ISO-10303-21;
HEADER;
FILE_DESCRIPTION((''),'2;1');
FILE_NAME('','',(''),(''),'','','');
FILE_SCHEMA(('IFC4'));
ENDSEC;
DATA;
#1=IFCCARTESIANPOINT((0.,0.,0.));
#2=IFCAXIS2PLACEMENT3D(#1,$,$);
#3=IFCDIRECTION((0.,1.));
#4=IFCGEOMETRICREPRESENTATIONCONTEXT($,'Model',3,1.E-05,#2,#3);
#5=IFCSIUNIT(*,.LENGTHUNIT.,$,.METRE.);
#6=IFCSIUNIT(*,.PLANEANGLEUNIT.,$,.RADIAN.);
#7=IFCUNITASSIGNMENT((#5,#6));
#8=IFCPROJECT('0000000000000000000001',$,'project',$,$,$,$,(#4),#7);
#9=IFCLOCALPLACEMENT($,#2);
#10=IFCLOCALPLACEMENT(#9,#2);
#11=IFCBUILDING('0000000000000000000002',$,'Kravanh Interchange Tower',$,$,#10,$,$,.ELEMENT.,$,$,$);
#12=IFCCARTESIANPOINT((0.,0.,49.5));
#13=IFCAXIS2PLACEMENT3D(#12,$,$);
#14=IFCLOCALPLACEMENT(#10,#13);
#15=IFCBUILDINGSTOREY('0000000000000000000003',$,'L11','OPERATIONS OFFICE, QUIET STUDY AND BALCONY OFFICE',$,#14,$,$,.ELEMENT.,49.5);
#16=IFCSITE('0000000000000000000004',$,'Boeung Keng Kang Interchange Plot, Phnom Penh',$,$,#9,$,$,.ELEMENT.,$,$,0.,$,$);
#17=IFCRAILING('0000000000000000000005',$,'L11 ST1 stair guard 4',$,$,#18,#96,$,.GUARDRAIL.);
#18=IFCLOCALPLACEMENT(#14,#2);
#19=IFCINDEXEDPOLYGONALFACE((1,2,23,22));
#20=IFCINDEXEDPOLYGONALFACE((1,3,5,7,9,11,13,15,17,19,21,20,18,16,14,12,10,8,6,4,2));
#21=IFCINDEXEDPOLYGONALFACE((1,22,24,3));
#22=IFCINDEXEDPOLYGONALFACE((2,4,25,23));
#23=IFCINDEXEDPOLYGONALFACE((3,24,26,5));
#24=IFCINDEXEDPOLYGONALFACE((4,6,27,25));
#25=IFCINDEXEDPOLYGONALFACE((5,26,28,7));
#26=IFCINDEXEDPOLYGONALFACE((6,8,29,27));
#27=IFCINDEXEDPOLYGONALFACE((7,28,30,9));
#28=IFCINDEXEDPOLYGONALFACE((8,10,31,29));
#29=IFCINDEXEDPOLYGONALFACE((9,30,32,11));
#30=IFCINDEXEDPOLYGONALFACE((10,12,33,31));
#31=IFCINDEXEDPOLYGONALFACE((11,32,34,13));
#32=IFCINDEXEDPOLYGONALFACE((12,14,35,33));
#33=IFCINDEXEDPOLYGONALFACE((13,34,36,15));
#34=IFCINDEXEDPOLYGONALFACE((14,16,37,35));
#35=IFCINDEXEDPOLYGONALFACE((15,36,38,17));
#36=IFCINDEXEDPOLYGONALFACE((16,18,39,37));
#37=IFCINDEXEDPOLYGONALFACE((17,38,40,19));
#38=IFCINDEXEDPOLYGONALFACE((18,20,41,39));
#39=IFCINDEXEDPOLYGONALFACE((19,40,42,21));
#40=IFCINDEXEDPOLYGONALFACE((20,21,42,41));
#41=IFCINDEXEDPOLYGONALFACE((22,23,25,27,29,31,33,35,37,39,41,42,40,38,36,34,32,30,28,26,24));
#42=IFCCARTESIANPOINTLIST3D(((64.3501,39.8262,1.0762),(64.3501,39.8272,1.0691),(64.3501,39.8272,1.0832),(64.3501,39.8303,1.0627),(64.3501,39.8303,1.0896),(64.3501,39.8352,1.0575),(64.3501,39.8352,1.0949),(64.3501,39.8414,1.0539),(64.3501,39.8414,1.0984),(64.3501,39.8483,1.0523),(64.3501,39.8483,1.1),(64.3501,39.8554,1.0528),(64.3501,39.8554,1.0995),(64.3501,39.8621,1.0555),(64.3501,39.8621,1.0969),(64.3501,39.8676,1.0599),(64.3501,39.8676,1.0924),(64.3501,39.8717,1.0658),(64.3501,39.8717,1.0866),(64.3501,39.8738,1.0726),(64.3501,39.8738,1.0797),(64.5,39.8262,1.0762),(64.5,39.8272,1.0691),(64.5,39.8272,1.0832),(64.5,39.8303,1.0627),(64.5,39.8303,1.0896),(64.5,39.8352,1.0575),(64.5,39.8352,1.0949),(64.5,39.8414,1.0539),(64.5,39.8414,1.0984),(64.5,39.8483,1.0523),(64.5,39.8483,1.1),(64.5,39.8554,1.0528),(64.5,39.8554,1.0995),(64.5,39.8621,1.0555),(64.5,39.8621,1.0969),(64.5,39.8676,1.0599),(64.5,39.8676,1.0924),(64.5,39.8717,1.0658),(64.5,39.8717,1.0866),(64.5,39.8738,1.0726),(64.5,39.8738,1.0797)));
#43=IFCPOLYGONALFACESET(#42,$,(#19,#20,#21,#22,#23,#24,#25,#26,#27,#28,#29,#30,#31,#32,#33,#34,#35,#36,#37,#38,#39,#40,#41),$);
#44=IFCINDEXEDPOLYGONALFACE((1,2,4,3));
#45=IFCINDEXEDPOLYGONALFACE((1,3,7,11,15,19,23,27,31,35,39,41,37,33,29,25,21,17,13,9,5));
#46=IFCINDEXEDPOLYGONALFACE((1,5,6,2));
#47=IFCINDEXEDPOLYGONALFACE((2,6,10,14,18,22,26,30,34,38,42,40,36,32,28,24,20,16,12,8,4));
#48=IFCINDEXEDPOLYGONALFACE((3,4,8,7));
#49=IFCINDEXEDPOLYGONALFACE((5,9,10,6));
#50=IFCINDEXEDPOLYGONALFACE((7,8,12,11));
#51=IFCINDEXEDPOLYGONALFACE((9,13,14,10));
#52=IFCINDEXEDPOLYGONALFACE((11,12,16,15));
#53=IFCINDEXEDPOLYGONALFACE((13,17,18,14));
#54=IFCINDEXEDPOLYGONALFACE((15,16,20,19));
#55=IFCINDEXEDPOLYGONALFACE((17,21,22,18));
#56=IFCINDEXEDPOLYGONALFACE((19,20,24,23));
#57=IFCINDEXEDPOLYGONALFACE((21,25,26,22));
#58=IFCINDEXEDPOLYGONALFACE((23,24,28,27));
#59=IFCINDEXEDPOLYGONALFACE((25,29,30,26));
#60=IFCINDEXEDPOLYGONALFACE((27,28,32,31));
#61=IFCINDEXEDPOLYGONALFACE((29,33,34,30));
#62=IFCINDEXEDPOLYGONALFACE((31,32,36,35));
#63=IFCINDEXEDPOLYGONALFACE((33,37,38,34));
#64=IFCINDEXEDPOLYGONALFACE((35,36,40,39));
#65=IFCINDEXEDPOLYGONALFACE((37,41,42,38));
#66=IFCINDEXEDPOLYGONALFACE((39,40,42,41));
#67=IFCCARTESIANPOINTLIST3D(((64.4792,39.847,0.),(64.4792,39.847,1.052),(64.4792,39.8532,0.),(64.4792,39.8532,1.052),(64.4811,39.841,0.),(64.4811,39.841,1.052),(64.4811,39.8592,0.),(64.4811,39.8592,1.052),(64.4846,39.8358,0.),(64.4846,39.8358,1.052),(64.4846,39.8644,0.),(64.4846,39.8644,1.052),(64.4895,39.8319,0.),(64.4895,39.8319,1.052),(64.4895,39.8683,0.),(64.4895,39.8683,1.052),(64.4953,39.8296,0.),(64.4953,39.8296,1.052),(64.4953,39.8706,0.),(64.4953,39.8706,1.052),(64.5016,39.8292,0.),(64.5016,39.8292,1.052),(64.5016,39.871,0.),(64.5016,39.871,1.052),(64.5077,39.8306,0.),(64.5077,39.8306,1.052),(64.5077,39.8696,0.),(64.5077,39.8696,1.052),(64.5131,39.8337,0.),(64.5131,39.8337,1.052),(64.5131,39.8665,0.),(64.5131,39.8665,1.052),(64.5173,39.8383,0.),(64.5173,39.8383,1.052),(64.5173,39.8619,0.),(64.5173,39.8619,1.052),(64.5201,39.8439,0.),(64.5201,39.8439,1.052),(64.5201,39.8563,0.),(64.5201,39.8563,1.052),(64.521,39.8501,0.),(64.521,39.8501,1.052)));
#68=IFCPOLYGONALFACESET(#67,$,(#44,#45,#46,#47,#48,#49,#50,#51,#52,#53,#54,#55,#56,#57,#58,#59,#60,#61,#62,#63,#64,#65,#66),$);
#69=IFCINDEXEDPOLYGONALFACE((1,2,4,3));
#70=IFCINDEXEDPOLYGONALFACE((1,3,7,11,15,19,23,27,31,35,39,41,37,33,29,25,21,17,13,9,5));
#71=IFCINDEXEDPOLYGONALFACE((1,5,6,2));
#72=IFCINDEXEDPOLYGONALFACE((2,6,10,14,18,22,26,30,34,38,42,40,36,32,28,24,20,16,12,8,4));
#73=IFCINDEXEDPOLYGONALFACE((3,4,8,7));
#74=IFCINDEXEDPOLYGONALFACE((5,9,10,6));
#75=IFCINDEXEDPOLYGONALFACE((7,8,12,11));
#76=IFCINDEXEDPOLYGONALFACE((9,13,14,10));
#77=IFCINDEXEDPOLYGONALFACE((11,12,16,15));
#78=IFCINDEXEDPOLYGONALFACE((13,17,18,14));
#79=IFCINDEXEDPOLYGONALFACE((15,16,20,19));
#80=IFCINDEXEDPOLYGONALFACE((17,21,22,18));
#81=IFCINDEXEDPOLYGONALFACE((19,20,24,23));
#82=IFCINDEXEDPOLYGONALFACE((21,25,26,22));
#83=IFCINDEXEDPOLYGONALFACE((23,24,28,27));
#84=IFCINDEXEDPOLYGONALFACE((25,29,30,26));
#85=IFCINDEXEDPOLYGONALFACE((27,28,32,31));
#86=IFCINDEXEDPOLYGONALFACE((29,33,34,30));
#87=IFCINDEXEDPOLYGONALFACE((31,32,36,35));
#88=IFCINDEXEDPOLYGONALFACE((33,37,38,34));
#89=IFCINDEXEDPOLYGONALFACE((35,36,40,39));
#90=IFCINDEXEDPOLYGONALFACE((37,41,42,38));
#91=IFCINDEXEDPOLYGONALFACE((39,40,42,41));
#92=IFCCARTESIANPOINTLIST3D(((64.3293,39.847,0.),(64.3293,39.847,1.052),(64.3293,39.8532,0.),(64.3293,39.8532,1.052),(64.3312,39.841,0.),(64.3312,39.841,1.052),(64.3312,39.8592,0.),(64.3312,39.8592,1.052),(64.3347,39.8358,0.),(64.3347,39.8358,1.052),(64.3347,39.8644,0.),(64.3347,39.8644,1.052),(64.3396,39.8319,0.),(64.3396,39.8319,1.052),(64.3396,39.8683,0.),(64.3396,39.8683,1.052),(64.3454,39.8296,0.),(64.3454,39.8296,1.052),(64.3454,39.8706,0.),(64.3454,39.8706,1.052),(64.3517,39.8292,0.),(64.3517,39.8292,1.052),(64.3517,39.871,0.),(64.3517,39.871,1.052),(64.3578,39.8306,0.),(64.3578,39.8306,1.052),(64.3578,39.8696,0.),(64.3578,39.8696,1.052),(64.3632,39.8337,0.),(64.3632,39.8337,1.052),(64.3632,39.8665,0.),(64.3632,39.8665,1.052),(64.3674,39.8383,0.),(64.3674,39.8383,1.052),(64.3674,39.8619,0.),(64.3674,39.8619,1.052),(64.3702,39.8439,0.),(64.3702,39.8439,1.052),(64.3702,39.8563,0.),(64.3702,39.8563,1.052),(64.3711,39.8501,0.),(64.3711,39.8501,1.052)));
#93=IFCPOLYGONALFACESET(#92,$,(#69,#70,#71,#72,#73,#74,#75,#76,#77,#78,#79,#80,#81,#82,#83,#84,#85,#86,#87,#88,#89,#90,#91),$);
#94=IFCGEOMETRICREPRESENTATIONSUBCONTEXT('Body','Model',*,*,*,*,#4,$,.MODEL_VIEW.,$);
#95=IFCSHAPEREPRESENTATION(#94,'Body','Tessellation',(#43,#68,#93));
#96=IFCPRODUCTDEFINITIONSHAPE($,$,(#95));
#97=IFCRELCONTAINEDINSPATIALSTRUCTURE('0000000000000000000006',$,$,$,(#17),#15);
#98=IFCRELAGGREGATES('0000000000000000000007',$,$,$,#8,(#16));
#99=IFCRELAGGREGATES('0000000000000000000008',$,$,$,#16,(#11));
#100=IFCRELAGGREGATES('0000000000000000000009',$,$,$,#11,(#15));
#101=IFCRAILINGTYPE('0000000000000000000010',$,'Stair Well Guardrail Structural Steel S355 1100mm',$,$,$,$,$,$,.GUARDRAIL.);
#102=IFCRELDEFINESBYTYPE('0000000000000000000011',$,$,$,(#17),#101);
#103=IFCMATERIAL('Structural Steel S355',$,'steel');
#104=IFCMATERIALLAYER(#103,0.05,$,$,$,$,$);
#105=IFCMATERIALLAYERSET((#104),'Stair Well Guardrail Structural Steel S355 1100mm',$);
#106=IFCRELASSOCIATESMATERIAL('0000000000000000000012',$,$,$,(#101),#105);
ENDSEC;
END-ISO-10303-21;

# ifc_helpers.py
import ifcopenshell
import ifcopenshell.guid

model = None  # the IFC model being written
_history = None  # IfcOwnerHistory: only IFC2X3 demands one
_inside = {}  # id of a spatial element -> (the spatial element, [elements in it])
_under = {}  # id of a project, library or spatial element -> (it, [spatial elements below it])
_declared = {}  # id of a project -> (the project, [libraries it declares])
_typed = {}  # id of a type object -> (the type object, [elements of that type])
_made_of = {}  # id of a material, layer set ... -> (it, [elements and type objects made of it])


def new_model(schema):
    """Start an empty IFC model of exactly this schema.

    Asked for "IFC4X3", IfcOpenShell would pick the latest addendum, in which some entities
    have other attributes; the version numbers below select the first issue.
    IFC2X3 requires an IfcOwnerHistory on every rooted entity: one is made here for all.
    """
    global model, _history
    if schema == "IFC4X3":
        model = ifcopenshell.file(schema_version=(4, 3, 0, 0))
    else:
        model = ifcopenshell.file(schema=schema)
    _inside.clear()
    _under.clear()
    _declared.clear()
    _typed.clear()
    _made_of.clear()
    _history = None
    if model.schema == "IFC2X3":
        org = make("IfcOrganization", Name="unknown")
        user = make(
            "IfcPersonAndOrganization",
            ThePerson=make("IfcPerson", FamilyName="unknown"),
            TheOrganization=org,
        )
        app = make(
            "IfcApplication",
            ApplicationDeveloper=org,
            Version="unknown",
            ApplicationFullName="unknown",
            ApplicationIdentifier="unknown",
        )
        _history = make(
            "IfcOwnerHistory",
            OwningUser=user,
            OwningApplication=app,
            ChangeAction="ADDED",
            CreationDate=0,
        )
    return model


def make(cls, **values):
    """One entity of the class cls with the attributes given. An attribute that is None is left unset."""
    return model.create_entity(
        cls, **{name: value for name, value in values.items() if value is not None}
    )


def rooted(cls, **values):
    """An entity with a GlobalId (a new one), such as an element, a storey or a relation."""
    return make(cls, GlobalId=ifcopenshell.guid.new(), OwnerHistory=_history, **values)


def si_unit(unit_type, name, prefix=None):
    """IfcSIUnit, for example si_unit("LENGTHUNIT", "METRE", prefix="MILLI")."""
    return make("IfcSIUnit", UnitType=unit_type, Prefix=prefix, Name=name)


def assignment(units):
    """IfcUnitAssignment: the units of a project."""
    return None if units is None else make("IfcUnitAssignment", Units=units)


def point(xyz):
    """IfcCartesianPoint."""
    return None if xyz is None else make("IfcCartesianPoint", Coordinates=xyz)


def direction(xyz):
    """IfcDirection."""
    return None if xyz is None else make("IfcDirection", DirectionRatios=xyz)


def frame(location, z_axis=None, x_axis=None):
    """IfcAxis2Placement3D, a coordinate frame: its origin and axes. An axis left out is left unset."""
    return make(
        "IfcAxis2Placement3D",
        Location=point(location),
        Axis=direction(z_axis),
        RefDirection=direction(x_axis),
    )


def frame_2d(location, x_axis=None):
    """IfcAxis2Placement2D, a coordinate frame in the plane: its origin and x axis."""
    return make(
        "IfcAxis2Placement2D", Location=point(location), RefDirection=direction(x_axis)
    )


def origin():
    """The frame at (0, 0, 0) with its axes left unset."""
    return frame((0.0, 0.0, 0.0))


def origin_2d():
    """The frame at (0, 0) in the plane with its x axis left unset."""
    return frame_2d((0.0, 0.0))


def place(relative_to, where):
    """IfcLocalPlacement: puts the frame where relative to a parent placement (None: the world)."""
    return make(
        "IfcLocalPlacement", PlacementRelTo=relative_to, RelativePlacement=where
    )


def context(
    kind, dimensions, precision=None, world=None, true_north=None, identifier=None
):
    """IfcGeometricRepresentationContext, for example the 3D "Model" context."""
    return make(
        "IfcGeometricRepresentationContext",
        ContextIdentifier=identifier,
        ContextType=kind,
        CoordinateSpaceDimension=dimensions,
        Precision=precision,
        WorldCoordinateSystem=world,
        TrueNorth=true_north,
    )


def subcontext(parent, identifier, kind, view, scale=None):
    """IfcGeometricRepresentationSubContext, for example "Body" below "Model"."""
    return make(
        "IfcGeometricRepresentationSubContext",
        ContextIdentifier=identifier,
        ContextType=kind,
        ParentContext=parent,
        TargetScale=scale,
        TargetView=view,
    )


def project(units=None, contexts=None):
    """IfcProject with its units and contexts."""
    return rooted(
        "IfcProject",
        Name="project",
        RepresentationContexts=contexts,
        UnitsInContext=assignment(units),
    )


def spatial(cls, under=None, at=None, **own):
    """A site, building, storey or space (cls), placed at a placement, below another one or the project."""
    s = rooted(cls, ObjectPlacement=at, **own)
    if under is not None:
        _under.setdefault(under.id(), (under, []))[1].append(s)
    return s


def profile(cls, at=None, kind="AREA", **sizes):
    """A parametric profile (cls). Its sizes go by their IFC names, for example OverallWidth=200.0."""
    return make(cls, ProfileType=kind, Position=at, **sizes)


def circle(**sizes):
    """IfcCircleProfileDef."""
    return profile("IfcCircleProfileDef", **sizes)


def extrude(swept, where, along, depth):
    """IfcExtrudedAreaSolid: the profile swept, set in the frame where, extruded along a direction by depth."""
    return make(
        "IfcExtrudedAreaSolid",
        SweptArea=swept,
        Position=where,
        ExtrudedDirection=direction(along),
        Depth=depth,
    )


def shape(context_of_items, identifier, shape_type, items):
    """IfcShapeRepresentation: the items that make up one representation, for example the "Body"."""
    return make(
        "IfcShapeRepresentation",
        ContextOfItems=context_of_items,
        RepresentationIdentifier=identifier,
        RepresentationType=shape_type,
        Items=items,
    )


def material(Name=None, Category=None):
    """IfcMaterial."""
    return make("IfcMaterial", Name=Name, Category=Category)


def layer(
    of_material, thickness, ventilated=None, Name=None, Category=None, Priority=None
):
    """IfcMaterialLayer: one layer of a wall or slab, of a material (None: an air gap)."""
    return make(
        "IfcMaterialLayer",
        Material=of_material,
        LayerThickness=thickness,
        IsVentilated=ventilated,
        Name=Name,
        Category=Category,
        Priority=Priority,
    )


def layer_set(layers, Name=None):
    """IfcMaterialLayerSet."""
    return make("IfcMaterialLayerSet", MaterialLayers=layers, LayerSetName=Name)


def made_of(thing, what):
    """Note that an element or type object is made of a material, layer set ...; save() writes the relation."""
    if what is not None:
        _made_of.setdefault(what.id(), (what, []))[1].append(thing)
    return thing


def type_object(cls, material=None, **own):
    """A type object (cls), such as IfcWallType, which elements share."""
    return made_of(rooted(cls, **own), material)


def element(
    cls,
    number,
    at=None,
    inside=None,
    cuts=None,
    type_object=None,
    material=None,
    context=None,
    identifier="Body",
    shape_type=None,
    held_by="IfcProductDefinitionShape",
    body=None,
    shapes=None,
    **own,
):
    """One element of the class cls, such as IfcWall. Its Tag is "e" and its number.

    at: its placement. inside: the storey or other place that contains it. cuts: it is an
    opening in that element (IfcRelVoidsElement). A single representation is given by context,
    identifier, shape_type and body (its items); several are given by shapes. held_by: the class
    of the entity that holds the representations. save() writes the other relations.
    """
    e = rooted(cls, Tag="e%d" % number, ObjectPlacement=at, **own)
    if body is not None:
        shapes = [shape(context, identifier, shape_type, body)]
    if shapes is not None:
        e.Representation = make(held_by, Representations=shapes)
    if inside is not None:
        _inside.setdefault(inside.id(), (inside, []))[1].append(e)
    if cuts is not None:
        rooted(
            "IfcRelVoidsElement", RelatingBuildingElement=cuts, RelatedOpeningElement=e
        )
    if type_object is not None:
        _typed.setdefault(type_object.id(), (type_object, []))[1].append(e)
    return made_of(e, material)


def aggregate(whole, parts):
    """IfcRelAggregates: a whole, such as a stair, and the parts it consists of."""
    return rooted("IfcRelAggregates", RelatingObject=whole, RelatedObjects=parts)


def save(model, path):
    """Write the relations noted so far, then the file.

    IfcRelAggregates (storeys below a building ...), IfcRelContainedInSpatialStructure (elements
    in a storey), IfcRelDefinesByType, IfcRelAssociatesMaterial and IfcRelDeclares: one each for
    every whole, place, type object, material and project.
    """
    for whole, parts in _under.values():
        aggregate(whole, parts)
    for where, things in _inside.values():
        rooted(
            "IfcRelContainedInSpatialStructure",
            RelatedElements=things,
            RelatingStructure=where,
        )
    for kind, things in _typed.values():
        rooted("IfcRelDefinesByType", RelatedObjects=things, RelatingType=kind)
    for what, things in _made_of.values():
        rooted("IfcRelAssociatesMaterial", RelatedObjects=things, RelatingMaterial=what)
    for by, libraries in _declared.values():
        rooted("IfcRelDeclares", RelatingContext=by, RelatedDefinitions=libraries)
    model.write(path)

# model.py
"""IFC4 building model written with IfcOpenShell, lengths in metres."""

from ifc_helpers import new_model, si_unit, direction, frame, origin, origin_2d, place, context, subcontext, project, spatial, circle, extrude, material, layer, layer_set, type_object, element, save


model = new_model("IFC4")

# Units and contexts
model_context = context("Model", 3, precision=1e-05, world=origin(), true_north=direction((0.0, 1.0)))
body_context = subcontext(model_context, "Body", "Model", "MODEL_VIEW")
ifc_project = project(units=[si_unit("LENGTHUNIT", "METRE"), si_unit("PLANEANGLEUNIT", "RADIAN")], contexts=[model_context])

# Site, building, storey
site_placement = place(None, origin())
site = spatial("IfcSite", under=ifc_project, at=site_placement, Name="Boeung Keng Kang Interchange Plot, Phnom Penh", CompositionType="ELEMENT", RefElevation=0.0)
building_placement = place(site_placement, origin())
building = spatial("IfcBuilding", under=site, at=building_placement, Name="Kravanh Interchange Tower", CompositionType="ELEMENT")
storey_placement = place(building_placement, frame((0.0, 0.0, 49.5)))
storey = spatial("IfcBuildingStorey", under=building, at=storey_placement, Name="L11", Description="OPERATIONS OFFICE, QUIET STUDY AND BALCONY OFFICE", CompositionType="ELEMENT", Elevation=49.5)

# Railing
ifc_material_1 = material(Name="Structural Steel S355", Category="steel")
ifc_layer_1 = layer(ifc_material_1, 0.05)
ifc_layer_set_1 = layer_set([ifc_layer_1], Name="Stair Well Guardrail Structural Steel S355 1100mm")
railing_type_1 = type_object("IfcRailingType", Name="Stair Well Guardrail Structural Steel S355 1100mm", PredefinedType="GUARDRAIL", material=ifc_layer_set_1)
railing_1_placement = place(storey_placement, frame((64.5, 39.8501, 0.0)))
element("IfcRailing", 1, at=railing_1_placement, inside=storey, type_object=railing_type_1, Name="L11 ST1 stair guard 4", PredefinedType="GUARDRAIL", context=body_context, shape_type="SweptSolid", body=[
    extrude(circle(Radius=0.0239, at=origin_2d()), frame((0.0, 0.0, 1.0762), z_axis=(-1.0, 0.0, 0.0), x_axis=(0.0, -1.0, 0.0)), (0.0, 0.0, 1.0), 0.1499),
    extrude(circle(Radius=0.021, at=origin_2d()), origin(), (0.0, 0.0, 1.0), 1.052),
    extrude(circle(Radius=0.021, at=origin_2d()), frame((-0.1499, 0.0, 0.0)), (0.0, 0.0, 1.0), 1.052),
])

save(model, "model.ifc")
